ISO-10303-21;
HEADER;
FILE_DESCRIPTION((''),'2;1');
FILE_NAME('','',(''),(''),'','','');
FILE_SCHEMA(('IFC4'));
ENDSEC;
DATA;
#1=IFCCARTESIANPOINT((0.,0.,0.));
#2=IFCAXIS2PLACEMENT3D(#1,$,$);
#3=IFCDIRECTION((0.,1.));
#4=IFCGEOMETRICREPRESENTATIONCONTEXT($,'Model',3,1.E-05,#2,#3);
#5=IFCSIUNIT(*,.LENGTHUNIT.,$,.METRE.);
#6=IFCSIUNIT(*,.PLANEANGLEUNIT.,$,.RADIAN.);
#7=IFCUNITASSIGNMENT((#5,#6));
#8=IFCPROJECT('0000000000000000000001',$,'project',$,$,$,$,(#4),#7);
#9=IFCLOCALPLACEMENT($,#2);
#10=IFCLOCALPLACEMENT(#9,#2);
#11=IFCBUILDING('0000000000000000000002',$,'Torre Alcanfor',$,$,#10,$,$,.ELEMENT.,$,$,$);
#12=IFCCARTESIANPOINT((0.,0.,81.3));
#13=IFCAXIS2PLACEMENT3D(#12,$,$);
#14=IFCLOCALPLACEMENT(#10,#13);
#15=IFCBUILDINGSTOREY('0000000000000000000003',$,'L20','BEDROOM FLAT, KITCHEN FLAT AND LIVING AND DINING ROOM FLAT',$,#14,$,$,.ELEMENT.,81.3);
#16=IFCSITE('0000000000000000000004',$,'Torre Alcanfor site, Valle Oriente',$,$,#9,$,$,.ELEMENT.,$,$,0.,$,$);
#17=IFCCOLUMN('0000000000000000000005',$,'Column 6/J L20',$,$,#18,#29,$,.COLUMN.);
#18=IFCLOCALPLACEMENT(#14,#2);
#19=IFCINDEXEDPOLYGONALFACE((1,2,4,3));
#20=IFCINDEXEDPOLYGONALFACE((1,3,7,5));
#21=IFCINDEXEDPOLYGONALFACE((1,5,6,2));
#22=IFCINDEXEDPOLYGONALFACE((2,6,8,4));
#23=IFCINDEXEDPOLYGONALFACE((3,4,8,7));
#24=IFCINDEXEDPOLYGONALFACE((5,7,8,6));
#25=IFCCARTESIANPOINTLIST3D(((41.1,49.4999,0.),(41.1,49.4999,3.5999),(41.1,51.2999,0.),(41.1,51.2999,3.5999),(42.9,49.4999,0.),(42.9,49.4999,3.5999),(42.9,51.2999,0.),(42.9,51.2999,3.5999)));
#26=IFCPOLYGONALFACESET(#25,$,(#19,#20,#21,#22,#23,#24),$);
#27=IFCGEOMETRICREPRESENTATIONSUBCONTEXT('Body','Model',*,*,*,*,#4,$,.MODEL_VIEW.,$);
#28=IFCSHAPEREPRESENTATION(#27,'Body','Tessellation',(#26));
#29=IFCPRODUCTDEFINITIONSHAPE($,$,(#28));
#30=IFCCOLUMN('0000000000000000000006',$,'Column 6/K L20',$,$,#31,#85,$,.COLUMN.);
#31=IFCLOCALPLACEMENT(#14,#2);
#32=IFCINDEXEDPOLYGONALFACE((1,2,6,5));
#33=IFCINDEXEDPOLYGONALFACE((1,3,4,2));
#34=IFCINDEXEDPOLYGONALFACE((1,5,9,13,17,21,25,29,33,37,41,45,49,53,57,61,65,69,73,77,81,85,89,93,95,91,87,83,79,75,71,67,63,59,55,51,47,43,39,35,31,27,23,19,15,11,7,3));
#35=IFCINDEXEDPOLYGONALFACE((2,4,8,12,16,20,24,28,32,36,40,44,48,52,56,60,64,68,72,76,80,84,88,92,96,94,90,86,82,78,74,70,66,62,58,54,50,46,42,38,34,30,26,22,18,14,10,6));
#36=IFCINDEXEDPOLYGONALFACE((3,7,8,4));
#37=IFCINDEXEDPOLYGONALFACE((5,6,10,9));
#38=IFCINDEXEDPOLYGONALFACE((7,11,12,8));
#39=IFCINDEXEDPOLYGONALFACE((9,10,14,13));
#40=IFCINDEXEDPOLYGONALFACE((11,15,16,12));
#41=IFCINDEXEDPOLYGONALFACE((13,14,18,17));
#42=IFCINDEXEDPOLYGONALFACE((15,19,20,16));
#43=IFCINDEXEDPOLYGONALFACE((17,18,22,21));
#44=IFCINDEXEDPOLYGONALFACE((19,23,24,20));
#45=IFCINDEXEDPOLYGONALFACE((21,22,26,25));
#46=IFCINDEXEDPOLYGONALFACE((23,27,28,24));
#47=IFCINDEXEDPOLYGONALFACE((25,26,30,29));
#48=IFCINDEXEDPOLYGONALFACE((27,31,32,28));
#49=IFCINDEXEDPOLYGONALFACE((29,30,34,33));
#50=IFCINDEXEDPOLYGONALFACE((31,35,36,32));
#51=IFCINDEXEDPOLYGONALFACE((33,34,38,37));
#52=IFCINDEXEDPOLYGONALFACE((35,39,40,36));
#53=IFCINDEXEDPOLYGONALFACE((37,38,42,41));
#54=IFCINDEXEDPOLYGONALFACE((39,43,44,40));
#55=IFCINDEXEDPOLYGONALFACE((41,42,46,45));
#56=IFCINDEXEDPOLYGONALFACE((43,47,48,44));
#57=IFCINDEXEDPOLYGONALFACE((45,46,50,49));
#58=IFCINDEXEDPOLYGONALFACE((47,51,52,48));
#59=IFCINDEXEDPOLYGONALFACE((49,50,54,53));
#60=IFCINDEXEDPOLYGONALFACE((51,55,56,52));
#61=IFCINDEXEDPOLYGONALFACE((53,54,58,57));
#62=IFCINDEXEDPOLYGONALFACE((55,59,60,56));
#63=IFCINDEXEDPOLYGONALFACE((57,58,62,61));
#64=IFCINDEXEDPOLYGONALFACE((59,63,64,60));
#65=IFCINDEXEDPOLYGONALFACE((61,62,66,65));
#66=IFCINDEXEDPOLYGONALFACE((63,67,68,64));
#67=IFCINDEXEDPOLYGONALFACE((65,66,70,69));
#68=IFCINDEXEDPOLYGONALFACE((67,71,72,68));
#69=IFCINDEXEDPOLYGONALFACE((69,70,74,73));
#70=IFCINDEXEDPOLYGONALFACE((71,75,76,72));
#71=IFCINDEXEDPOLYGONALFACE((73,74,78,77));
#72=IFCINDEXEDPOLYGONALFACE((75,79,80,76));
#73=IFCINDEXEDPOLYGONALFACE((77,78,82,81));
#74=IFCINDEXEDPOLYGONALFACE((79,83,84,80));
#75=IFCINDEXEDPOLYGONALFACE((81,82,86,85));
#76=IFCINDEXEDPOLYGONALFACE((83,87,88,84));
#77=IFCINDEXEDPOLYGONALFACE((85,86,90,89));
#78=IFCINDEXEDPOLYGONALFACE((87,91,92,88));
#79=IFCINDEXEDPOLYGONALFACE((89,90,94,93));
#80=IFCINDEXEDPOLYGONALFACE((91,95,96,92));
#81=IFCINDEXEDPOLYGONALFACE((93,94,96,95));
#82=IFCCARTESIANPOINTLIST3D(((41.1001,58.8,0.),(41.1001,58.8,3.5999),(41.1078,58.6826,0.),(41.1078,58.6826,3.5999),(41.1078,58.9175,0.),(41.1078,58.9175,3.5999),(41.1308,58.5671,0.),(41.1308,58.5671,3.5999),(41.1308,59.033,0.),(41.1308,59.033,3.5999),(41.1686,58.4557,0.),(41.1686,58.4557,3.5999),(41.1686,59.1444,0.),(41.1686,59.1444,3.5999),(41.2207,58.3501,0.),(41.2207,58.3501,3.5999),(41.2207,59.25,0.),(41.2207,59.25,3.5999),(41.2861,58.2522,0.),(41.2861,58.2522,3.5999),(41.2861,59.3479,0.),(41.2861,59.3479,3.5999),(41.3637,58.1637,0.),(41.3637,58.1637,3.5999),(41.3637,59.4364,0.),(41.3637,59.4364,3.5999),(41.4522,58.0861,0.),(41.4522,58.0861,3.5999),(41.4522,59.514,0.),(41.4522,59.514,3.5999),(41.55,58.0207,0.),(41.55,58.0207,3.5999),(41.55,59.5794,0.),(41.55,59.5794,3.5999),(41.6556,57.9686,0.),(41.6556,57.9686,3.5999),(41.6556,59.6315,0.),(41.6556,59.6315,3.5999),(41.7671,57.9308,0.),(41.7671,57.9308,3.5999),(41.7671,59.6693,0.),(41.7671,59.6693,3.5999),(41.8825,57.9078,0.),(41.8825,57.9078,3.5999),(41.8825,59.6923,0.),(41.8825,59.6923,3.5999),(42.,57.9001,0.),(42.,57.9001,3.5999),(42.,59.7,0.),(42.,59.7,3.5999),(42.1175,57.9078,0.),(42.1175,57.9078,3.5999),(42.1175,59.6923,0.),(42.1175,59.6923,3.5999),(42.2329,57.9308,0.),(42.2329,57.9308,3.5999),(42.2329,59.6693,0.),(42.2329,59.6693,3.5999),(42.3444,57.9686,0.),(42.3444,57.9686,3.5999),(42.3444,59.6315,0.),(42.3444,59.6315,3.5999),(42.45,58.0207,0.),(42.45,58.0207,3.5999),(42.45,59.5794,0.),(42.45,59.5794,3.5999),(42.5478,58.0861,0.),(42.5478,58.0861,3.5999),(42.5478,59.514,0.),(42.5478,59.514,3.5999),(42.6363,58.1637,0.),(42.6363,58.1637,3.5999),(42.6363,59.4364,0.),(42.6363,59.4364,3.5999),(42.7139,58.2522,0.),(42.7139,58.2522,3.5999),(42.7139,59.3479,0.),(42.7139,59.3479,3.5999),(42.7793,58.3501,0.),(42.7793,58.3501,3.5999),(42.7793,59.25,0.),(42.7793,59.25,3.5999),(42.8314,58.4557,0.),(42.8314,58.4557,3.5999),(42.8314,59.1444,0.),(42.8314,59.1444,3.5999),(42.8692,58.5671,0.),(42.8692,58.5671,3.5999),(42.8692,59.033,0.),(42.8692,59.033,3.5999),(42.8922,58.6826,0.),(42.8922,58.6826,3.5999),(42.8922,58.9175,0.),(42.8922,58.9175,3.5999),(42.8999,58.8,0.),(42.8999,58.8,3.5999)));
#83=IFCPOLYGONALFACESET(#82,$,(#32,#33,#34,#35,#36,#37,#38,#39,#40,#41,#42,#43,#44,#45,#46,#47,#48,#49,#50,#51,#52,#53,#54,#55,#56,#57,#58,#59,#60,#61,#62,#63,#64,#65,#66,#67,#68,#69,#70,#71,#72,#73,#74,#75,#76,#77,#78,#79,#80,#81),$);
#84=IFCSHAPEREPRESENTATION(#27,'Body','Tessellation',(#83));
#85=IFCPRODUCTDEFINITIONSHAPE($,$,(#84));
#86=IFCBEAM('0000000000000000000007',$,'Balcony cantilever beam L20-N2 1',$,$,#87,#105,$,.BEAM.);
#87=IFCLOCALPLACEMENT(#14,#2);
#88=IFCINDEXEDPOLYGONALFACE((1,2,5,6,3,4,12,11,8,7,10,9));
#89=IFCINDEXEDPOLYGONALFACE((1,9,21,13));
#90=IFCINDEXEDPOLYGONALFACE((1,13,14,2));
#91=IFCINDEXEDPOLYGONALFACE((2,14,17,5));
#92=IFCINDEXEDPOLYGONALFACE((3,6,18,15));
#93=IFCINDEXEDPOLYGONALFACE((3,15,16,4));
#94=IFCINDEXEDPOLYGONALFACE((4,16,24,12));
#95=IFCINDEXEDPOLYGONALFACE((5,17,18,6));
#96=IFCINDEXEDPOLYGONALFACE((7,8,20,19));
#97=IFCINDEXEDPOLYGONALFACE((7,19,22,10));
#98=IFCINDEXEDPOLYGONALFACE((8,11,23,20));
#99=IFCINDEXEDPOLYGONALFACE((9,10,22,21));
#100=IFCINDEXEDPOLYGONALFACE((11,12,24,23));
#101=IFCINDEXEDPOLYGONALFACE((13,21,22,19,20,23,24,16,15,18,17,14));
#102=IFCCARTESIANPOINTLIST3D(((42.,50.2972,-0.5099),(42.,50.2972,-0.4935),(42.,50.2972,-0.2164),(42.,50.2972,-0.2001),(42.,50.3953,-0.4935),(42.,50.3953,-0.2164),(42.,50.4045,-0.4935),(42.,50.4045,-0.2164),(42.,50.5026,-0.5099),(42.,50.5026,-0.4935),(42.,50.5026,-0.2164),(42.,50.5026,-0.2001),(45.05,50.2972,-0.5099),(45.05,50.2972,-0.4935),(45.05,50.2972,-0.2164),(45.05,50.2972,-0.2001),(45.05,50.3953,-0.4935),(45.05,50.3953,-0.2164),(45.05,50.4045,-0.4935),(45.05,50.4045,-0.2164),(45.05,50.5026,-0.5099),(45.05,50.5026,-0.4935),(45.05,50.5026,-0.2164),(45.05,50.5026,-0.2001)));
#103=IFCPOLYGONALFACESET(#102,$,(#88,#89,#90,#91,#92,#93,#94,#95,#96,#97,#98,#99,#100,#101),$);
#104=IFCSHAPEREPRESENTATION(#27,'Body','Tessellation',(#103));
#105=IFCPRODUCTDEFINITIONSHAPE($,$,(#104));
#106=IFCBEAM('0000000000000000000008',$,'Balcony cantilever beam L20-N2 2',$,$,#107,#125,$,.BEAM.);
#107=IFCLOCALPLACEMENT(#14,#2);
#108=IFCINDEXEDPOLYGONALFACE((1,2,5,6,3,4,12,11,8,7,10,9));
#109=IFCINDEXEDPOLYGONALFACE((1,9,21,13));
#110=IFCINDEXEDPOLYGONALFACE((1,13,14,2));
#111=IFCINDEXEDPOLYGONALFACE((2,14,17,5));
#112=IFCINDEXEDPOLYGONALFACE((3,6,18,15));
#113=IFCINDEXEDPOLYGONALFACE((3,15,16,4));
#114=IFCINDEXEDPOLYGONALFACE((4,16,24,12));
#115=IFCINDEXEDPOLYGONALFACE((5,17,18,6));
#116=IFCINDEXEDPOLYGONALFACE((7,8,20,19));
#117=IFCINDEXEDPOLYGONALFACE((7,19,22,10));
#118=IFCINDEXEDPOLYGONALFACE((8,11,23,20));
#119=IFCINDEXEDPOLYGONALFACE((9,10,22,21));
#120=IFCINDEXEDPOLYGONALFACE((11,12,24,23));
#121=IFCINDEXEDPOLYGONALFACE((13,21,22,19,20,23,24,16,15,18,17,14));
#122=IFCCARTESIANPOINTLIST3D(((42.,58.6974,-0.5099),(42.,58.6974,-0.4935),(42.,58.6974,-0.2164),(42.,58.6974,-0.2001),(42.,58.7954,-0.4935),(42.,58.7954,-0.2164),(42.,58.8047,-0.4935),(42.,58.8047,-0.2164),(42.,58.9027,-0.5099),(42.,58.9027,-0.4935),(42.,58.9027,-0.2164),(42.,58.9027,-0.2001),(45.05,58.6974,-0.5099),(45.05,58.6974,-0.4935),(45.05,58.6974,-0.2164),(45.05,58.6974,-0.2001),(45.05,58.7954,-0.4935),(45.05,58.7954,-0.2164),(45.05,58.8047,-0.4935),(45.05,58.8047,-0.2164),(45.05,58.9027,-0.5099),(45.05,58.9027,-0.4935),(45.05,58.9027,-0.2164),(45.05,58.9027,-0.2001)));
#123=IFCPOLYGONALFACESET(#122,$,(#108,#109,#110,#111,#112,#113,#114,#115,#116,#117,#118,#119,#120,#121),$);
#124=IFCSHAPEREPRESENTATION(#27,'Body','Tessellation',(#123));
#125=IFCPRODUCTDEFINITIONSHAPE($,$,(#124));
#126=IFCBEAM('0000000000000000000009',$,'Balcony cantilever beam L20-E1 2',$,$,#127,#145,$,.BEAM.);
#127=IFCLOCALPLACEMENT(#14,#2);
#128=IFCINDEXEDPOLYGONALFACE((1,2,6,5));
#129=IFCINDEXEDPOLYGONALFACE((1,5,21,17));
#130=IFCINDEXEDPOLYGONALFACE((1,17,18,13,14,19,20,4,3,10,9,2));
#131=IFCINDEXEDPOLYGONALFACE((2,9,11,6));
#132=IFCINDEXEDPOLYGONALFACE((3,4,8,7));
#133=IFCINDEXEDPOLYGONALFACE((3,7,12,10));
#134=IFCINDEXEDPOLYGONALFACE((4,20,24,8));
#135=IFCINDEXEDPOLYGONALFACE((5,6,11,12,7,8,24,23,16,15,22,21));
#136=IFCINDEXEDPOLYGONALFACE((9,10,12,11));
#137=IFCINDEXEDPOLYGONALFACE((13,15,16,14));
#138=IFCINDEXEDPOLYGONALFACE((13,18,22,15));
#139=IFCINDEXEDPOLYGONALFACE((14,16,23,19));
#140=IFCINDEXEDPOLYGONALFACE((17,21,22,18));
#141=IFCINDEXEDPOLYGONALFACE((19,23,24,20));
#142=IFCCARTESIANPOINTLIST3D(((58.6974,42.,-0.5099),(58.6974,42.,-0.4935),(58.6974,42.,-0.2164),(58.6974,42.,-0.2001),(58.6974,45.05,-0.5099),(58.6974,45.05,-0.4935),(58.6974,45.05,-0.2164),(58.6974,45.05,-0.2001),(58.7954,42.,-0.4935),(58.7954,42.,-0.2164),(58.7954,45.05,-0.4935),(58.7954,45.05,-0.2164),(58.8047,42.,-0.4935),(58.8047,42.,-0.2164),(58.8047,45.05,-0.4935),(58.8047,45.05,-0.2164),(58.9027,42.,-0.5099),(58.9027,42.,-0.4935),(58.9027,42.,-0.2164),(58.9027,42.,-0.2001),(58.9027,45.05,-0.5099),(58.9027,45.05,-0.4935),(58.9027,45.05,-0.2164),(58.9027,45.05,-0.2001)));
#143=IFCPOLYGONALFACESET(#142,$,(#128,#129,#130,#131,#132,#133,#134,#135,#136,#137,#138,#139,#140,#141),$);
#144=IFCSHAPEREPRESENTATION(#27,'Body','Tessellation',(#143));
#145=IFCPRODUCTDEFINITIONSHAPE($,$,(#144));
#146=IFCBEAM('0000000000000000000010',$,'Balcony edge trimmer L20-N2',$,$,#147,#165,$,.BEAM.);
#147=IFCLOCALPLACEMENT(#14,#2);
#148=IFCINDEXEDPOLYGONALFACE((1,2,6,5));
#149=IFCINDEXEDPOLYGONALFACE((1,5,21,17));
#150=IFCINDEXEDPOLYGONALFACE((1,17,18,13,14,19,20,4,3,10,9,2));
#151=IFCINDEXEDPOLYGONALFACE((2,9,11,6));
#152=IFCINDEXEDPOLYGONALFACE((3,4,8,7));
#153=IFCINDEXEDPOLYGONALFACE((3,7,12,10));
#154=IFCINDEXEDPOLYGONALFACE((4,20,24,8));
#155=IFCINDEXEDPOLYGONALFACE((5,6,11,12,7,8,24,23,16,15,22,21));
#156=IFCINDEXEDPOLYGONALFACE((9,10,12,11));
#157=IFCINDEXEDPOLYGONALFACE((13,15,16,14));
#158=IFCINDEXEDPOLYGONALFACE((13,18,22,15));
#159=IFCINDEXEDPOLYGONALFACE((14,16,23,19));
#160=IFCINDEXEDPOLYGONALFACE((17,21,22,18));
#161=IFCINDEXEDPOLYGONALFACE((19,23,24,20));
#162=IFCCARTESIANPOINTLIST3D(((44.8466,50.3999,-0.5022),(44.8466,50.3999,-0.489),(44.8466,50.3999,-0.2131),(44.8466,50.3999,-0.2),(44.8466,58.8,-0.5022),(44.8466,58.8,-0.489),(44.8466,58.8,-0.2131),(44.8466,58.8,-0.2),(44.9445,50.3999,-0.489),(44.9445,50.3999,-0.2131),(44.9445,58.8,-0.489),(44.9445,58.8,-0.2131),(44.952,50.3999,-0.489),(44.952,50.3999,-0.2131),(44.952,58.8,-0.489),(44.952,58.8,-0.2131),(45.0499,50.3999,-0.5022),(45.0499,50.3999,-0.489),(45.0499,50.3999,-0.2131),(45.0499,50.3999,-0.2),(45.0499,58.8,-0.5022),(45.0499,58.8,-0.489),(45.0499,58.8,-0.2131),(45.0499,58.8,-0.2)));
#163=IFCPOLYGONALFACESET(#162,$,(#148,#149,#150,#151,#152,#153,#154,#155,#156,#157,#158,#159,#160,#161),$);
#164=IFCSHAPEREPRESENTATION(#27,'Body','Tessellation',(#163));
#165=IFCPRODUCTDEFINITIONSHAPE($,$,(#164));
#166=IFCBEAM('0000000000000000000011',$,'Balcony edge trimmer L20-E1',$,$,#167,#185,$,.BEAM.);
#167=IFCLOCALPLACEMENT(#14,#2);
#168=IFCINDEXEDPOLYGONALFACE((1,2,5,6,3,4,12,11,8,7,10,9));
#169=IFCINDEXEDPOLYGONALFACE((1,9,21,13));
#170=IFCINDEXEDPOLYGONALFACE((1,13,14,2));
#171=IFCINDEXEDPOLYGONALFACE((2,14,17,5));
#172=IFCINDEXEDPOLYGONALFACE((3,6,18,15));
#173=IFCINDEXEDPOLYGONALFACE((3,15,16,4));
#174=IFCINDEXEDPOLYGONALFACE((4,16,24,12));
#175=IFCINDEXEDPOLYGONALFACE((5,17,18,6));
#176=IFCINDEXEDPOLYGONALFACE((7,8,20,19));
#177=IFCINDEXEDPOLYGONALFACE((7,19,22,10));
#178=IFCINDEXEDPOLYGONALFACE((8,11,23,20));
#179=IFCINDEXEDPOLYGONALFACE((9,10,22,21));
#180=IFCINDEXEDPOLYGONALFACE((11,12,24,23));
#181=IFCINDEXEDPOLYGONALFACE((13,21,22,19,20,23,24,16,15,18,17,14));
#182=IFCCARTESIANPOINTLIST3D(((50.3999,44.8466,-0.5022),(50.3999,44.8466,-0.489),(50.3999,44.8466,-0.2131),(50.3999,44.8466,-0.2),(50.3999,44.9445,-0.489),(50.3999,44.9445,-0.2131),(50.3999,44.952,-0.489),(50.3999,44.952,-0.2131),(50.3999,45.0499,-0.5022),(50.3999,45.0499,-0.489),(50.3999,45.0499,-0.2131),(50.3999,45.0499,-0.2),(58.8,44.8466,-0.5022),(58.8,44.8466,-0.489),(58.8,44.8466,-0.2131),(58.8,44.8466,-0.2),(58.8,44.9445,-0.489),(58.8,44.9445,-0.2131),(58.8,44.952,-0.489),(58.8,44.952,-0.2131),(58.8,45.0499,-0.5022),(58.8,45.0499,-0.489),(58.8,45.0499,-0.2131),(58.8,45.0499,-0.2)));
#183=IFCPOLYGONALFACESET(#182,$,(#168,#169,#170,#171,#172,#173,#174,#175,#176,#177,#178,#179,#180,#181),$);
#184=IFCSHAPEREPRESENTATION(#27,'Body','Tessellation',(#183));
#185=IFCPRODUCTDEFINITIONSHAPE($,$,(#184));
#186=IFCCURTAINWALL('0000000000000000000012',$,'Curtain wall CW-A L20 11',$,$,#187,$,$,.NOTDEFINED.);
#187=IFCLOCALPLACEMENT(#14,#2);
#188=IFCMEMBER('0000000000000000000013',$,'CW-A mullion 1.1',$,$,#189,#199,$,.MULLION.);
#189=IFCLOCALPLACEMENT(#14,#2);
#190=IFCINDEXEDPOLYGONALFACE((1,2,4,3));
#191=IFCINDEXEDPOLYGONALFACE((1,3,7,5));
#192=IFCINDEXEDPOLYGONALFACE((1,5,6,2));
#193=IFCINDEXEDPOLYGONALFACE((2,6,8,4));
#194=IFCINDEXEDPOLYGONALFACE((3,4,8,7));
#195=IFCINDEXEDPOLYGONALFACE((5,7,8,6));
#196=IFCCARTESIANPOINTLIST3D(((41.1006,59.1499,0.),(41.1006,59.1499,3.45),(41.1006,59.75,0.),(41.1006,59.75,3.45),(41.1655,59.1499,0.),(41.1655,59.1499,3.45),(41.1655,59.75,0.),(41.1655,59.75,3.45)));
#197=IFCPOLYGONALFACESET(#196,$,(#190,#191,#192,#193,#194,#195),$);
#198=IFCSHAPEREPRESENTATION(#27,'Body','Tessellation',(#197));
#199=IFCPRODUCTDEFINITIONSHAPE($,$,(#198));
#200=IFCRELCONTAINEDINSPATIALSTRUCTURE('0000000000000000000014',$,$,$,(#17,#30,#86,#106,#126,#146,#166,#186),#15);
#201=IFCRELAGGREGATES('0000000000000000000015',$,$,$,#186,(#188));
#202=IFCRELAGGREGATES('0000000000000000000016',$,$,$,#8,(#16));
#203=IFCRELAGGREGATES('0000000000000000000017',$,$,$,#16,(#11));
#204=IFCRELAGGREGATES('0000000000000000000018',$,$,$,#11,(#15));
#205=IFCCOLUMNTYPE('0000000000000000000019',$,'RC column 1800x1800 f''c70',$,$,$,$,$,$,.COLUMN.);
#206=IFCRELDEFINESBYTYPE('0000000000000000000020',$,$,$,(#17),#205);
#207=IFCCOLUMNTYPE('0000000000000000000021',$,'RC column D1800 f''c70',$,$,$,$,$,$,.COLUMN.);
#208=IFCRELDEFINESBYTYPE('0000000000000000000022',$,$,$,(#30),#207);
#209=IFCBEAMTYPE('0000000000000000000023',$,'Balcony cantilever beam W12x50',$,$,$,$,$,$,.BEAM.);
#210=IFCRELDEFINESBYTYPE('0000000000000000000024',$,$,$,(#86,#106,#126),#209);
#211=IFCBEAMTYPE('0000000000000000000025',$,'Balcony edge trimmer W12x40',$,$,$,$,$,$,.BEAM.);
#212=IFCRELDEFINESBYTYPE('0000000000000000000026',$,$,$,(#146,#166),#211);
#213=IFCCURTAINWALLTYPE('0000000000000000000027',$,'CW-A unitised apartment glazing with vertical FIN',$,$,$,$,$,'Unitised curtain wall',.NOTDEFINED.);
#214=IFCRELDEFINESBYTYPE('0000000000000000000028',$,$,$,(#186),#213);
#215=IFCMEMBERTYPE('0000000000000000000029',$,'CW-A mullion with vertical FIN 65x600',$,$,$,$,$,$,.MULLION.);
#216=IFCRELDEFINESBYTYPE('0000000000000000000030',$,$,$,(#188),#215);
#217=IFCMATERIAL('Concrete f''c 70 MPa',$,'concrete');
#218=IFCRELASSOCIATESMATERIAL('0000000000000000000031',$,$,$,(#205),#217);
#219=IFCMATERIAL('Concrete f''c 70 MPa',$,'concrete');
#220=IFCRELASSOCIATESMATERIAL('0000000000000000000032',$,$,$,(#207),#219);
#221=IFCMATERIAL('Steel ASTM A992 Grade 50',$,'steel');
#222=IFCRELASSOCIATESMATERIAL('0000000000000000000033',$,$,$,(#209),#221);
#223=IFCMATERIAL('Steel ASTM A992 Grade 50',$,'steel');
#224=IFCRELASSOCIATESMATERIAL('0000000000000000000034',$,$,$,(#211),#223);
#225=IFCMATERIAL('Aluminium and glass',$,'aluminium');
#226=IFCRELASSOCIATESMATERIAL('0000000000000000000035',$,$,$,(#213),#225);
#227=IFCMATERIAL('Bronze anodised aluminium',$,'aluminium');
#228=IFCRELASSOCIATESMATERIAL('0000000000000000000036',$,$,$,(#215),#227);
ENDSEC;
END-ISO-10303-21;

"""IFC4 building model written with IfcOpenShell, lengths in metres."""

from ifc_helpers import new_model, si_unit, direction, frame, origin, origin_2d, place, context, subcontext, project, spatial, rectangle, circle, i_section, extrude, material, material_profile, profile_set, type_object, element, aggregate, save


model = new_model("IFC4")

# Units and contexts
model_context = context("Model", 3, precision=1e-05, world=origin(), true_north=direction((0.0, 1.0)))
body_context = subcontext(model_context, "Body", "Model", "MODEL_VIEW")
ifc_project = project(units=[si_unit("LENGTHUNIT", "METRE"), si_unit("PLANEANGLEUNIT", "RADIAN")], contexts=[model_context])

# Site, building, storey
site_placement = place(None, origin())
site = spatial("IfcSite", under=ifc_project, at=site_placement, Name="Torre Alcanfor site, Valle Oriente", CompositionType="ELEMENT", RefElevation=0.0)
building_placement = place(site_placement, origin())
building = spatial("IfcBuilding", under=site, at=building_placement, Name="Torre Alcanfor", CompositionType="ELEMENT")
storey_placement = place(building_placement, frame((0.0, 0.0, 81.3)))
storey = spatial("IfcBuildingStorey", under=building, at=storey_placement, Name="L20", Description="BEDROOM FLAT, KITCHEN FLAT AND LIVING AND DINING ROOM FLAT", CompositionType="ELEMENT", Elevation=81.3)

# Columns
ifc_material_1 = material(Name="Concrete f'c 70 MPa", Category="concrete")
ifc_material_profile_1 = material_profile(ifc_material_1, rectangle(XDim=1.8, YDim=1.8, at=origin_2d()), Name="1800x1800")
ifc_profile_set_1 = profile_set([ifc_material_profile_1], Name="Concrete f'c 70 MPa")
column_type_1 = type_object("IfcColumnType", Name="RC column 1800x1800 f'c70", PredefinedType="COLUMN", material=ifc_profile_set_1)
column_1_placement = place(storey_placement, frame((42.0, 50.3999, 0.0), z_axis=(0.0, 0.0, 1.0), x_axis=(1.0, 0.0, 0.0)))
element("IfcColumn", 1, at=column_1_placement, inside=storey, type_object=column_type_1, Name="Column 6/J L20", PredefinedType="COLUMN", context=body_context, shape_type="SweptSolid", body=[
    extrude(rectangle(XDim=1.8, YDim=1.8, at=origin_2d()), origin(), (0.0, 0.0, 1.0), 3.5999),
])
ifc_material_2 = material(Name="Concrete f'c 70 MPa", Category="concrete")
ifc_material_profile_2 = material_profile(ifc_material_2, circle(Radius=0.8999, at=origin_2d()), Name="D1800")
ifc_profile_set_2 = profile_set([ifc_material_profile_2], Name="Concrete f'c 70 MPa")
column_type_2 = type_object("IfcColumnType", Name="RC column D1800 f'c70", PredefinedType="COLUMN", material=ifc_profile_set_2)
column_2_placement = place(storey_placement, frame((42.0, 58.8, 0.0), z_axis=(0.0, 0.0, 1.0), x_axis=(1.0, 0.0, 0.0)))
element("IfcColumn", 2, at=column_2_placement, inside=storey, type_object=column_type_2, Name="Column 6/K L20", PredefinedType="COLUMN", context=body_context, shape_type="SweptSolid", body=[
    extrude(circle(Radius=0.8999, at=origin_2d()), origin(), (0.0, 0.0, 1.0), 3.5999),
])

# Beams
ifc_material_3 = material(Name="Steel ASTM A992 Grade 50", Category="steel")
ifc_material_profile_3 = material_profile(ifc_material_3, i_section(OverallWidth=0.2053, OverallDepth=0.3098, WebThickness=0.0093, FlangeThickness=0.0164, at=origin_2d()), Name="W12x50")
ifc_profile_set_3 = profile_set([ifc_material_profile_3], Name="Steel ASTM A992 Grade 50")
beam_type_1 = type_object("IfcBeamType", Name="Balcony cantilever beam W12x50", PredefinedType="BEAM", material=ifc_profile_set_3)
for number, where, z_axis, x_axis, name in (
    (3, (42.0, 50.3999, -0.355), (1.0, 0.0, 0.0), (0.0, 1.0, 0.0), "Balcony cantilever beam L20-N2 1"),
    (4, (42.0, 58.8, -0.355), (1.0, 0.0, 0.0), (0.0, 1.0, 0.0), "Balcony cantilever beam L20-N2 2"),
    (5, (58.8, 42.0, -0.355), (0.0, 1.0, 0.0), (-1.0, 0.0, 0.0), "Balcony cantilever beam L20-E1 2"),
):
    element("IfcBeam", number, at=place(storey_placement, frame(where, z_axis=z_axis, x_axis=x_axis)), inside=storey, type_object=beam_type_1, Name=name, PredefinedType="BEAM", context=body_context, shape_type="SweptSolid", body=[
        extrude(i_section(OverallWidth=0.2053, OverallDepth=0.3098, WebThickness=0.0093, FlangeThickness=0.0164, at=origin_2d()), origin(), (0.0, 0.0, 1.0), 3.05),
    ])
ifc_material_4 = material(Name="Steel ASTM A992 Grade 50", Category="steel")
ifc_material_profile_4 = material_profile(ifc_material_4, i_section(OverallWidth=0.2034, OverallDepth=0.3022, WebThickness=0.0076, FlangeThickness=0.0132, at=origin_2d()), Name="W12x40")
ifc_profile_set_4 = profile_set([ifc_material_profile_4], Name="Steel ASTM A992 Grade 50")
beam_type_2 = type_object("IfcBeamType", Name="Balcony edge trimmer W12x40", PredefinedType="BEAM", material=ifc_profile_set_4)
for number, where, z_axis, x_axis, name in (
    (6, (44.9482, 50.3999, -0.3511), (0.0, 1.0, 0.0), (-1.0, 0.0, 0.0), "Balcony edge trimmer L20-N2"),
    (7, (50.3999, 44.9482, -0.3511), (1.0, 0.0, 0.0), (0.0, 1.0, 0.0), "Balcony edge trimmer L20-E1"),
):
    element("IfcBeam", number, at=place(storey_placement, frame(where, z_axis=z_axis, x_axis=x_axis)), inside=storey, type_object=beam_type_2, Name=name, PredefinedType="BEAM", context=body_context, shape_type="SweptSolid", body=[
        extrude(i_section(OverallWidth=0.2034, OverallDepth=0.3022, WebThickness=0.0076, FlangeThickness=0.0132, at=origin_2d()), origin(), (0.0, 0.0, 1.0), 8.4001),
    ])

# Curtain wall, member
ifc_material_5 = material(Name="Aluminium and glass", Category="aluminium")
curtain_wall_type = type_object("IfcCurtainWallType", Name="CW-A unitised apartment glazing with vertical FIN", ElementType="Unitised curtain wall", PredefinedType="NOTDEFINED", material=ifc_material_5)
curtain_wall_placement = place(storey_placement, origin())
curtain_wall = element("IfcCurtainWall", 8, at=curtain_wall_placement, inside=storey, type_object=curtain_wall_type, Name="Curtain wall CW-A L20 11", PredefinedType="NOTDEFINED")
ifc_material_6 = material(Name="Bronze anodised aluminium", Category="aluminium")
ifc_material_profile_5 = material_profile(ifc_material_6, rectangle(XDim=0.6001, YDim=0.0649, at=origin_2d()), Name="CW-A mullion 65x600")
ifc_profile_set_5 = profile_set([ifc_material_profile_5], Name="Bronze anodised aluminium")
member_type = type_object("IfcMemberType", Name="CW-A mullion with vertical FIN 65x600", PredefinedType="MULLION", material=ifc_profile_set_5)
member_placement = place(storey_placement, frame((41.1331, 59.45, 0.0), z_axis=(0.0, 0.0, 1.0), x_axis=(0.0, -1.0, 0.0)))
member = element("IfcMember", 9, at=member_placement, type_object=member_type, Name="CW-A mullion 1.1", PredefinedType="MULLION", context=body_context, shape_type="SweptSolid", body=[
    extrude(rectangle(XDim=0.6001, YDim=0.0649, at=origin_2d()), origin(), (0.0, 0.0, 1.0), 3.45),
])
aggregate(curtain_wall, [member])

save(model, "model.ifc")
